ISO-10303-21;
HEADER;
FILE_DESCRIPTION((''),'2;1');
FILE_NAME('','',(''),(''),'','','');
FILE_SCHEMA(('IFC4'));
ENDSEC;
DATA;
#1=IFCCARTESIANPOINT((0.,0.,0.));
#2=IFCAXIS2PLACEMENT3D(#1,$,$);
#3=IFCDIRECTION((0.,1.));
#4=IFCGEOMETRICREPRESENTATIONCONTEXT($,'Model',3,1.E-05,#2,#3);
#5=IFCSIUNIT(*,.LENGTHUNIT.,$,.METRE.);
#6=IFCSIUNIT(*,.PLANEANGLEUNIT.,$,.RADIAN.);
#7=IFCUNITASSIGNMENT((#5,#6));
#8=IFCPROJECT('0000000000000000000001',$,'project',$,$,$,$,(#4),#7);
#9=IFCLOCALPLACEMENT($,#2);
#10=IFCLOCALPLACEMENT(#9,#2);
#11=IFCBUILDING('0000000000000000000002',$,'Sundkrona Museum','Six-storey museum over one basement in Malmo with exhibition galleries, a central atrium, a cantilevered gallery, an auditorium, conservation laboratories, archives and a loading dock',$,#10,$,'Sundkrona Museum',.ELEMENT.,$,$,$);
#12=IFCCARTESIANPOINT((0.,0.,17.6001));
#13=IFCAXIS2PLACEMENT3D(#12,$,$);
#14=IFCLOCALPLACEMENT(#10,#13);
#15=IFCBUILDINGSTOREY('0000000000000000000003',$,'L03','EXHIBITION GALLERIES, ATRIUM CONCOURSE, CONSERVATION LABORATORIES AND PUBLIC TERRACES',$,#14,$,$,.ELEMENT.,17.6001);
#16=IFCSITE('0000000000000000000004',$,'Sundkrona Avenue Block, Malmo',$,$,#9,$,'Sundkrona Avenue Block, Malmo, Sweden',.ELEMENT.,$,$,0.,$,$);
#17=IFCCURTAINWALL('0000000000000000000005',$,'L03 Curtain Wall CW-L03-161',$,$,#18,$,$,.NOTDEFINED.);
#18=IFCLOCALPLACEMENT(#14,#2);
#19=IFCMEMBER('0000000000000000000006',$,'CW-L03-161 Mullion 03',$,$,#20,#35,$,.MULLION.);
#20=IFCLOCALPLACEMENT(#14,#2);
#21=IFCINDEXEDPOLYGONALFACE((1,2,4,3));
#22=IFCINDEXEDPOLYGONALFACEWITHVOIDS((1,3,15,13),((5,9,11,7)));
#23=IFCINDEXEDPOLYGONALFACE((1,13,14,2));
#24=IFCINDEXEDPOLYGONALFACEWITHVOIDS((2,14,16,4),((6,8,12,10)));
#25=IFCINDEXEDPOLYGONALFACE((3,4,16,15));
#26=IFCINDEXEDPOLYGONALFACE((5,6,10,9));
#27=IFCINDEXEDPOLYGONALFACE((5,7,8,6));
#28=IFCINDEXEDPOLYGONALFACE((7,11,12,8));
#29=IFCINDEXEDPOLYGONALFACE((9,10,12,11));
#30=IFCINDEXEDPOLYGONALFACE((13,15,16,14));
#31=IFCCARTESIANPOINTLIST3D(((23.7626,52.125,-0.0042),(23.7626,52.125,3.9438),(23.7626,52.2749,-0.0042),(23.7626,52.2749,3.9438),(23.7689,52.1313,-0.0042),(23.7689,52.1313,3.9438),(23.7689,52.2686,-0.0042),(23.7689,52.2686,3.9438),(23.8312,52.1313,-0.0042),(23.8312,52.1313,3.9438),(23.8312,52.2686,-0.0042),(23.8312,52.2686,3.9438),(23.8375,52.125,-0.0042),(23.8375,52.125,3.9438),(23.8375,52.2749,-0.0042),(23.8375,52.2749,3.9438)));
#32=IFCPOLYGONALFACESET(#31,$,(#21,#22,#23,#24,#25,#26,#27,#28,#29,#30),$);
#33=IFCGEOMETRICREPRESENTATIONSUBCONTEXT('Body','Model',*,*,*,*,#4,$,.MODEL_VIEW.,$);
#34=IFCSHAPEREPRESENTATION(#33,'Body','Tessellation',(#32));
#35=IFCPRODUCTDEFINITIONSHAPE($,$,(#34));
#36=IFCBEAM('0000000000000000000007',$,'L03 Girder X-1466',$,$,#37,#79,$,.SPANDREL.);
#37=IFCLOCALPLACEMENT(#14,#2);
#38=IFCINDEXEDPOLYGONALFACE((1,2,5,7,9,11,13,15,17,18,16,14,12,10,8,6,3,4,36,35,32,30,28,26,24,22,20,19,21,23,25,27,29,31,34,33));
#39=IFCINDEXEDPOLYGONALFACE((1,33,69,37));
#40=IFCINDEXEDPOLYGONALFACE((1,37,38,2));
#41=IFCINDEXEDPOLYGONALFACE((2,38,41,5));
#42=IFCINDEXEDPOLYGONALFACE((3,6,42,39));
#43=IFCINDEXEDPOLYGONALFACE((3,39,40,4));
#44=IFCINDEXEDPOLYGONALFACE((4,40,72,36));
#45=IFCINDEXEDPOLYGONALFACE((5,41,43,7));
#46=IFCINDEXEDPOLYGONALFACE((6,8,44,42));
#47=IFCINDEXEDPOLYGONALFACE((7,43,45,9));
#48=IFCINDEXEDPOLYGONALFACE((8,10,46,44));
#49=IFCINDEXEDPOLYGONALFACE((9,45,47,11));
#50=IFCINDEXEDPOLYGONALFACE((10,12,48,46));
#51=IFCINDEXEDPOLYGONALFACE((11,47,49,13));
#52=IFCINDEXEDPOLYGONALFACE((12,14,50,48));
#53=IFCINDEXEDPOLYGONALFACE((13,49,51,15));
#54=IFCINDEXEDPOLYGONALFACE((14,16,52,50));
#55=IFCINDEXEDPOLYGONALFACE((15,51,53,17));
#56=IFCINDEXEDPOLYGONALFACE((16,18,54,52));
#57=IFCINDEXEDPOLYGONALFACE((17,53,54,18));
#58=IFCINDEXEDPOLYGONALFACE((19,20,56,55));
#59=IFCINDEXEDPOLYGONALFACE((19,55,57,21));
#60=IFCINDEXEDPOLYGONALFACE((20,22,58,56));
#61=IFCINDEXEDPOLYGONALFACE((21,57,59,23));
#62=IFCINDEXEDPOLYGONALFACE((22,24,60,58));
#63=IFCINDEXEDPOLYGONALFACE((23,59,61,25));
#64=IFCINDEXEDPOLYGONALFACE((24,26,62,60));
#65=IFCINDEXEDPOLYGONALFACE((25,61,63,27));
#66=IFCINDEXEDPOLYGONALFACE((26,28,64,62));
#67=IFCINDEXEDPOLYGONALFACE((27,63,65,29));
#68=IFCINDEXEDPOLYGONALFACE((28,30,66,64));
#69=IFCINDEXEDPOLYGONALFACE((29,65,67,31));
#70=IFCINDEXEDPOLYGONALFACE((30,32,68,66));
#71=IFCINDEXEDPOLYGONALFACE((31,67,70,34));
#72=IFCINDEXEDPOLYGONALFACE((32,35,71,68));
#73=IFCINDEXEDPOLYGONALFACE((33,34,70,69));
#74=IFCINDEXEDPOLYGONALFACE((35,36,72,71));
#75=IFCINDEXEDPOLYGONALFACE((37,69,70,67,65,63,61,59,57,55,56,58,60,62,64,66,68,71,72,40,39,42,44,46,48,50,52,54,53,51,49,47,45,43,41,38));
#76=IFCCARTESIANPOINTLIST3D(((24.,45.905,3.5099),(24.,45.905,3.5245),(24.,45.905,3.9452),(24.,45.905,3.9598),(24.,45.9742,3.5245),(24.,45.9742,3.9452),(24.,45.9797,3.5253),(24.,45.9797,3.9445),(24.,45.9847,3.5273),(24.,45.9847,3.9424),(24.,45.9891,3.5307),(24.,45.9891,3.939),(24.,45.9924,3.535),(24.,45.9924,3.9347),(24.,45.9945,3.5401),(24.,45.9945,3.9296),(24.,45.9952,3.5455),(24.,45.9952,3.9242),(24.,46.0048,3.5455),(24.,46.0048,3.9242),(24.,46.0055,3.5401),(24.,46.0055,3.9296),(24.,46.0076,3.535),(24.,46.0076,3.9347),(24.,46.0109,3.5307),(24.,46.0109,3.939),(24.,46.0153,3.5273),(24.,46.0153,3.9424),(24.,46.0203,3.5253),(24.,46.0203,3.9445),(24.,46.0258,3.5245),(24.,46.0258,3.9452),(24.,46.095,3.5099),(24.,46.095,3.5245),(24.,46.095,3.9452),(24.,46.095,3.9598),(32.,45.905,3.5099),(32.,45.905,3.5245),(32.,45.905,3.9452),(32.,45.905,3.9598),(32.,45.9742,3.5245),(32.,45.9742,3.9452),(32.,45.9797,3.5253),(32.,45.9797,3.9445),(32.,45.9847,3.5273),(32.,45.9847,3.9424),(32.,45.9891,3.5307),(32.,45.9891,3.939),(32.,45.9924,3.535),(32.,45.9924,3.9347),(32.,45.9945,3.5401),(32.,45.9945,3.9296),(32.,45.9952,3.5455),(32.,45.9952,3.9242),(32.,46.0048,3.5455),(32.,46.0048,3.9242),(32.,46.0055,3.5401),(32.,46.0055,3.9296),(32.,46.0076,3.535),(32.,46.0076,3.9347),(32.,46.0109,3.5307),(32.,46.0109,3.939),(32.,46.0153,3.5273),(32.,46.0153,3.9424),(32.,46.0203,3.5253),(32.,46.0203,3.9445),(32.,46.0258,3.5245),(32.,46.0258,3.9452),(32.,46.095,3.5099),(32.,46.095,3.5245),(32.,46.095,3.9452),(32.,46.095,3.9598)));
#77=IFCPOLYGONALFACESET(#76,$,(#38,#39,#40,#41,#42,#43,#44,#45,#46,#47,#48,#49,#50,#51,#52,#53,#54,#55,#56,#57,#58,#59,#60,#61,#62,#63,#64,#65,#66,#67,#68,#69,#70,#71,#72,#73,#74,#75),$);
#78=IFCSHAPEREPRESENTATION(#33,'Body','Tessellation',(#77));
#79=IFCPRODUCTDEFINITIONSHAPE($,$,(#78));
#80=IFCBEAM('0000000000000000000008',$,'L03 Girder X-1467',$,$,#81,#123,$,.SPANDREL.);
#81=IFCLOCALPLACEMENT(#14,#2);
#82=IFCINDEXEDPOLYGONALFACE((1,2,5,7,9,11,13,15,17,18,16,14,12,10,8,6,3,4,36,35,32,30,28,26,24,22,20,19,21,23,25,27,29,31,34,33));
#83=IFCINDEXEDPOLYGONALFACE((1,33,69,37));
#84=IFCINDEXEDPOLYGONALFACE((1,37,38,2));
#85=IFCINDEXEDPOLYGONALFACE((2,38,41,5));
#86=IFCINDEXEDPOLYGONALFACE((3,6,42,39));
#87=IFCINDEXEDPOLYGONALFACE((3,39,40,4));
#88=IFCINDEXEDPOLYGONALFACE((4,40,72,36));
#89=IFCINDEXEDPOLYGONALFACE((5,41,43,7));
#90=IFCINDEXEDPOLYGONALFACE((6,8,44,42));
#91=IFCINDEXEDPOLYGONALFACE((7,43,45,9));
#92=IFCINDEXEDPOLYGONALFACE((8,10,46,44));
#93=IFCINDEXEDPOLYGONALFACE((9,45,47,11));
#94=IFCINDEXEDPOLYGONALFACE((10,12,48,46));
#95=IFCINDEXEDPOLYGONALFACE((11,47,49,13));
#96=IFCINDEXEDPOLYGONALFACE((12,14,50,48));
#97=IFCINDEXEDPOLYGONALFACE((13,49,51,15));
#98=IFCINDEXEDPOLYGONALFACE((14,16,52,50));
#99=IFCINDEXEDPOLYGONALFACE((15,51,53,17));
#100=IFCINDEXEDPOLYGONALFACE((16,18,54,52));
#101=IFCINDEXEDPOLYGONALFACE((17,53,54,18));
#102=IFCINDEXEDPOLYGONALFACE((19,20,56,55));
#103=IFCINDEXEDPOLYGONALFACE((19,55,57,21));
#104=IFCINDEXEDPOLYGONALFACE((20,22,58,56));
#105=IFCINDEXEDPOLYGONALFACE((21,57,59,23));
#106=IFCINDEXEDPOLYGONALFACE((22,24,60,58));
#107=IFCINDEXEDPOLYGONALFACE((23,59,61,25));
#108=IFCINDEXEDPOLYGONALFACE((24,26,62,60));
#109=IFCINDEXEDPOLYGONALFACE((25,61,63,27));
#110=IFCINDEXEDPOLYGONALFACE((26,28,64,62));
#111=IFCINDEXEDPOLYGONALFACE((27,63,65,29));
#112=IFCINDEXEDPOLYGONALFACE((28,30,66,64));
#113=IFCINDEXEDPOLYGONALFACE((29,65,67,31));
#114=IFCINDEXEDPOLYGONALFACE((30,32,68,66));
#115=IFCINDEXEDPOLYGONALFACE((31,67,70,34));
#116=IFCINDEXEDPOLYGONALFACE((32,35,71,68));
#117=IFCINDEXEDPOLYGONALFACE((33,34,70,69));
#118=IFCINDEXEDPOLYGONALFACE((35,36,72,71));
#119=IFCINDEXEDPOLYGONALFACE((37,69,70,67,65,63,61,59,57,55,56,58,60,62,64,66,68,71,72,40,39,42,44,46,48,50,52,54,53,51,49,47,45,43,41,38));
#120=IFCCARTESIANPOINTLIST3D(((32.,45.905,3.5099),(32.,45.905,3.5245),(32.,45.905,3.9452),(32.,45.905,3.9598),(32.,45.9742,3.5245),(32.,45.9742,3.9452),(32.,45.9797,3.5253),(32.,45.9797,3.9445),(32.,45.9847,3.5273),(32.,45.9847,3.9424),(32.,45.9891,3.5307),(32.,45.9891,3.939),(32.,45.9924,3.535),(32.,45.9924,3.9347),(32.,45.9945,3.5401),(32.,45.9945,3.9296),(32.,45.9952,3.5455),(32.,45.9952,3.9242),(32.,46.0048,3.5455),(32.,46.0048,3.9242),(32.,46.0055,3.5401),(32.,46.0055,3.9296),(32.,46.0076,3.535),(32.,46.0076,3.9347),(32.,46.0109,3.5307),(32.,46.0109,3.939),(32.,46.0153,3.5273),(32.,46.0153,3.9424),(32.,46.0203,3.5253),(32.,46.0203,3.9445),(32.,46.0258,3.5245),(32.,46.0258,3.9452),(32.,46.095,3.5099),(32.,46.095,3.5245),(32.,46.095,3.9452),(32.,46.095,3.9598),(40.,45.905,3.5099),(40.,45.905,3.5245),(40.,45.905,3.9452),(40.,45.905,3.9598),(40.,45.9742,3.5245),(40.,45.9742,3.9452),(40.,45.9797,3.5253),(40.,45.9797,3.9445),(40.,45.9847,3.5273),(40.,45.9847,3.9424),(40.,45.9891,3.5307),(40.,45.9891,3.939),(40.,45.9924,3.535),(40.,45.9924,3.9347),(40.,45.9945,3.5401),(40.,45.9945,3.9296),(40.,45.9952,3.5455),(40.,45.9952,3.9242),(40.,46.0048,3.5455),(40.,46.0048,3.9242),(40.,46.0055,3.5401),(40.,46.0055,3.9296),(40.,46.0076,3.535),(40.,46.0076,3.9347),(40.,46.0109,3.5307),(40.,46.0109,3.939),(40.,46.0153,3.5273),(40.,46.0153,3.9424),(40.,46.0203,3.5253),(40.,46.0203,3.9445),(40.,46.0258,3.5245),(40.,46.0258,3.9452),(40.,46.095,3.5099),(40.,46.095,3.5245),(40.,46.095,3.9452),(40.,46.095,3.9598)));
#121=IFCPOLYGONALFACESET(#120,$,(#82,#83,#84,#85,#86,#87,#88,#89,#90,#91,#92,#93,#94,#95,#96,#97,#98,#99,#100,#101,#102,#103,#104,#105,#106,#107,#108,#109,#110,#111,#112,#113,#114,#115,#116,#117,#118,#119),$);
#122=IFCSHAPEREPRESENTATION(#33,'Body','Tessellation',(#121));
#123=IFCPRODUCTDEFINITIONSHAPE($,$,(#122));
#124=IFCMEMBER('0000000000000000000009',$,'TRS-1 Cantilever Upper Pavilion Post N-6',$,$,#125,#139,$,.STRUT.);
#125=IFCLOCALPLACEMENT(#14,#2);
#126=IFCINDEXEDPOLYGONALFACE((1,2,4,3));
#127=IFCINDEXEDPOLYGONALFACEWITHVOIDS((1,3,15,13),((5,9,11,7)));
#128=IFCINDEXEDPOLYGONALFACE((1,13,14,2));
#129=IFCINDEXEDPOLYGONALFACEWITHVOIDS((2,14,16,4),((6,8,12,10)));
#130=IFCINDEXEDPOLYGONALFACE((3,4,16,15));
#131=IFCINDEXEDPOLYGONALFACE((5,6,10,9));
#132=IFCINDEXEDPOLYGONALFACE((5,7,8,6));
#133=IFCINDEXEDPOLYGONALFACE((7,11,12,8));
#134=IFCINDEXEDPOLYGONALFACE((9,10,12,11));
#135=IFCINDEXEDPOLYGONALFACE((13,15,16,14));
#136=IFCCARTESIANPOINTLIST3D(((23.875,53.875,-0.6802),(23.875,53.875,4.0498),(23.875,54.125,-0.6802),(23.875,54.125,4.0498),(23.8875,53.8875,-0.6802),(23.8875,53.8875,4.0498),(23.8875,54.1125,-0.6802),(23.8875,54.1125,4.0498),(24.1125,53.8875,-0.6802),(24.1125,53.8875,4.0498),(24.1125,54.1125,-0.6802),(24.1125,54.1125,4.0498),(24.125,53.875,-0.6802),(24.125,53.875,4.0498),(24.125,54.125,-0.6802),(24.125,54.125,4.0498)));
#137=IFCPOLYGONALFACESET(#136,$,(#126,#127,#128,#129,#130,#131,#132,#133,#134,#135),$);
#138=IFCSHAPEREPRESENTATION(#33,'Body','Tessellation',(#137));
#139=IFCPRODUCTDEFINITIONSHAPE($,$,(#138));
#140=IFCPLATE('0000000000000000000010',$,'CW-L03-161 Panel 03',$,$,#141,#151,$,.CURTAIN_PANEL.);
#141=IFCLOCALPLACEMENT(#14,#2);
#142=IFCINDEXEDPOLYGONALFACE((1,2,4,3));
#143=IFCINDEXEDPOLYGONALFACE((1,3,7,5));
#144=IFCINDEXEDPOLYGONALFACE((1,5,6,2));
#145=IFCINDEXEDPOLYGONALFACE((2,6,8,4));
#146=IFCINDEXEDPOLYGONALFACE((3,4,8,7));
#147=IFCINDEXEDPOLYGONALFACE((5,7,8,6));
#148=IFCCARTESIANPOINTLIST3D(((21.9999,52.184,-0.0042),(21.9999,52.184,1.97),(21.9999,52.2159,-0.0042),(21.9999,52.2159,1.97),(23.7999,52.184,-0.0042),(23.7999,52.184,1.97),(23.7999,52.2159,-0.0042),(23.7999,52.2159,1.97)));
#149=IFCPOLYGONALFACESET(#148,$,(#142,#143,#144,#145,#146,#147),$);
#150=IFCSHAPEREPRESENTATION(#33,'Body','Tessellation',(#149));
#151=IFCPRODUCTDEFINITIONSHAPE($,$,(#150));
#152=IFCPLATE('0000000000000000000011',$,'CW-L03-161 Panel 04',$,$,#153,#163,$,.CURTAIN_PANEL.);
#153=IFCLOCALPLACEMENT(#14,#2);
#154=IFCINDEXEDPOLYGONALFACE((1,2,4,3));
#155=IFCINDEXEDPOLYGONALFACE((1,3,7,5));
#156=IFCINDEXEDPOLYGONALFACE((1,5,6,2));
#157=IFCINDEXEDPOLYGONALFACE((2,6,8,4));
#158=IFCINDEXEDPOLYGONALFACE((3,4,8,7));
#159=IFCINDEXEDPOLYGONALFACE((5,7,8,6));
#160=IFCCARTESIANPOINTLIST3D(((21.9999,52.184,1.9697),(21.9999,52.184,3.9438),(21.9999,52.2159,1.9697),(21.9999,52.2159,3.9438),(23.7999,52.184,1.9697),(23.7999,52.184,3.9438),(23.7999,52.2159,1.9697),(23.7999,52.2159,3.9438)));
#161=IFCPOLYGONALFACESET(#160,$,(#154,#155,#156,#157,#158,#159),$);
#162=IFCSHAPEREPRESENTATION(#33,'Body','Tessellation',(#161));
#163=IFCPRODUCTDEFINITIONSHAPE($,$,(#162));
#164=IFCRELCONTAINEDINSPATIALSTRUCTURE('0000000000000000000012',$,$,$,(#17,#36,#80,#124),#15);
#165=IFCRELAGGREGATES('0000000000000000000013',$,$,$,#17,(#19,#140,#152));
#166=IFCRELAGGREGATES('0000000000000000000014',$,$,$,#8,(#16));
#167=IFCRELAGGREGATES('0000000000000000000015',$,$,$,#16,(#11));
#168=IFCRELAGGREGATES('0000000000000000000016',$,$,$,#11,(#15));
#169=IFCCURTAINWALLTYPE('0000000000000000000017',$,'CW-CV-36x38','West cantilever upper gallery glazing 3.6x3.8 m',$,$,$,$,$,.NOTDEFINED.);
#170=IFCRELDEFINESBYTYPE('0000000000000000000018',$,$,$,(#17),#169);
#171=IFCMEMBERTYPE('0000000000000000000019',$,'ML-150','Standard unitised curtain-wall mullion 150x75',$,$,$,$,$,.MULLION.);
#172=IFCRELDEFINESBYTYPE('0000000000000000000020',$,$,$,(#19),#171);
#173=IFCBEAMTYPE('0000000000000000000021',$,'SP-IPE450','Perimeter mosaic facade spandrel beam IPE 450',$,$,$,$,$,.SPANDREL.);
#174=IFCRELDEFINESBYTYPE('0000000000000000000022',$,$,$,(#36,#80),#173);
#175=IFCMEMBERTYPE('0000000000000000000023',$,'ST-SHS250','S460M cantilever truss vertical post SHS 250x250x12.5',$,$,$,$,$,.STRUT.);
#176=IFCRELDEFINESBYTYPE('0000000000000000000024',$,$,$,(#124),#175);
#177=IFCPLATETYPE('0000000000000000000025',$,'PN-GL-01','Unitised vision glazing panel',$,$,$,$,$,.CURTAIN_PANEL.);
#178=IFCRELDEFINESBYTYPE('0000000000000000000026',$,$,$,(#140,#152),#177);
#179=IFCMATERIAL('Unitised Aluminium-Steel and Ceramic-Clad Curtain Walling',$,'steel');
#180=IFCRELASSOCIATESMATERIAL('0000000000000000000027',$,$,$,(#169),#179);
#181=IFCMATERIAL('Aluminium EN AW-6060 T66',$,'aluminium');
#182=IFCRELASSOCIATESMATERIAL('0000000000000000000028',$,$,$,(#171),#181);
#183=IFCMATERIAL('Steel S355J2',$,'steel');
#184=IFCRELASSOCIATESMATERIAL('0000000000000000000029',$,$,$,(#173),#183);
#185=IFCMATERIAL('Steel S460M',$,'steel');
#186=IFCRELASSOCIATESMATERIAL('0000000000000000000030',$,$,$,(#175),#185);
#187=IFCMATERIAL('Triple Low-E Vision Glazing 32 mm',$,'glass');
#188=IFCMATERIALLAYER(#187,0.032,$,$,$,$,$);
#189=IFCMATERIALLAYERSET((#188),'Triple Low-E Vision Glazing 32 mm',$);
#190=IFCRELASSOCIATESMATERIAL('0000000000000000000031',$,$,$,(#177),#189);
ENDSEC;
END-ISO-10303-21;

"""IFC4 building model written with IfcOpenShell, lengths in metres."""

from ifc_helpers import new_model, si_unit, direction, frame, origin, origin_2d, place, context, subcontext, project, spatial, rectangle, hollow_rectangle, i_section, extrude, material, layer, layer_set, material_profile, profile_set, type_object, element, aggregate, save


model = new_model("IFC4")

# Units and contexts
model_context = context("Model", 3, precision=1e-05, world=origin(), true_north=direction((0.0, 1.0)))
body_context = subcontext(model_context, "Body", "Model", "MODEL_VIEW")
ifc_project = project(units=[si_unit("LENGTHUNIT", "METRE"), si_unit("PLANEANGLEUNIT", "RADIAN")], contexts=[model_context])

# Site, building, storey
site_placement = place(None, origin())
site = spatial("IfcSite", under=ifc_project, at=site_placement, Name="Sundkrona Avenue Block, Malmo", LongName="Sundkrona Avenue Block, Malmo, Sweden", CompositionType="ELEMENT", RefElevation=0.0)
building_placement = place(site_placement, origin())
building = spatial("IfcBuilding", under=site, at=building_placement, Name="Sundkrona Museum", Description="Six-storey museum over one basement in Malmo with exhibition galleries, a central atrium, a cantilevered gallery, an auditorium, conservation laboratories, archives and a loading dock", LongName="Sundkrona Museum", CompositionType="ELEMENT")
storey_placement = place(building_placement, frame((0.0, 0.0, 17.6001)))
storey = spatial("IfcBuildingStorey", under=building, at=storey_placement, Name="L03", Description="EXHIBITION GALLERIES, ATRIUM CONCOURSE, CONSERVATION LABORATORIES AND PUBLIC TERRACES", CompositionType="ELEMENT", Elevation=17.6001)

# Shared definitions
ifc_material_1 = material(Name="Steel S355J2", Category="steel")
ifc_material_2 = material(Name="Steel S460M", Category="steel")

# Curtain wall, member
ifc_material_3 = material(Name="Unitised Aluminium-Steel and Ceramic-Clad Curtain Walling", Category="steel")
curtain_wall_type = type_object("IfcCurtainWallType", Name="CW-CV-36x38", Description="West cantilever upper gallery glazing 3.6x3.8 m", PredefinedType="NOTDEFINED", material=ifc_material_3)
curtain_wall_placement = place(storey_placement, origin())
curtain_wall = element("IfcCurtainWall", 1, at=curtain_wall_placement, inside=storey, type_object=curtain_wall_type, Name="L03 Curtain Wall CW-L03-161", PredefinedType="NOTDEFINED")
ifc_material_4 = material(Name="Aluminium EN AW-6060 T66", Category="aluminium")
ifc_material_profile_1 = material_profile(ifc_material_4, hollow_rectangle(XDim=0.075, YDim=0.1499, WallThickness=0.0063, at=origin_2d()), Name="RHS 150x75x6.3")
ifc_profile_set_1 = profile_set([ifc_material_profile_1], Name="Aluminium EN AW-6060 T66")
member_type_1 = type_object("IfcMemberType", Name="ML-150", Description="Standard unitised curtain-wall mullion 150x75", PredefinedType="MULLION", material=ifc_profile_set_1)
member_1_placement = place(storey_placement, frame((23.8, 52.2, -0.0042), z_axis=(0.0, 0.0, 1.0), x_axis=(1.0, 0.0, 0.0)))
member_1 = element("IfcMember", 2, at=member_1_placement, type_object=member_type_1, Name="CW-L03-161 Mullion 03", PredefinedType="MULLION", context=body_context, shape_type="SweptSolid", body=[
    extrude(hollow_rectangle(XDim=0.075, YDim=0.1499, WallThickness=0.0063, at=origin_2d()), origin(), (0.0, 0.0, 1.0), 3.948),
])

# Beams
ifc_material_profile_2 = material_profile(ifc_material_1, i_section(OverallWidth=0.1899, OverallDepth=0.45, WebThickness=0.0095, FlangeThickness=0.0146, FilletRadius=0.021, at=origin_2d()), Name="IPE 450")
ifc_profile_set_2 = profile_set([ifc_material_profile_2], Name="Steel S355J2")
beam_type = type_object("IfcBeamType", Name="SP-IPE450", Description="Perimeter mosaic facade spandrel beam IPE 450", PredefinedType="SPANDREL", material=ifc_profile_set_2)
for number, where, z_axis, x_axis, name in (
    (3, (24.0, 46.0, 3.7349), (1.0, 0.0, 0.0), (0.0, 1.0, 0.0), "L03 Girder X-1466"),
    (4, (32.0, 46.0, 3.7349), (1.0, 0.0, 0.0), (0.0, 1.0, 0.0), "L03 Girder X-1467"),
):
    element("IfcBeam", number, at=place(storey_placement, frame(where, z_axis=z_axis, x_axis=x_axis)), inside=storey, type_object=beam_type, Name=name, PredefinedType="SPANDREL", context=body_context, shape_type="SweptSolid", body=[
        extrude(i_section(OverallWidth=0.1899, OverallDepth=0.45, WebThickness=0.0095, FlangeThickness=0.0146, FilletRadius=0.021, at=origin_2d()), origin(), (0.0, 0.0, 1.0), 8.0),
    ])

# Member
ifc_material_profile_3 = material_profile(ifc_material_2, hollow_rectangle(XDim=0.25, YDim=0.25, WallThickness=0.0125, at=origin_2d()), Name="SHS 250x250x12.5")
ifc_profile_set_3 = profile_set([ifc_material_profile_3], Name="Steel S460M")
member_type_2 = type_object("IfcMemberType", Name="ST-SHS250", Description="S460M cantilever truss vertical post SHS 250x250x12.5", PredefinedType="STRUT", material=ifc_profile_set_3)
member_2_placement = place(storey_placement, frame((24.0, 54.0, -0.6802), z_axis=(0.0, 0.0, 1.0), x_axis=(1.0, 0.0, 0.0)))
element("IfcMember", 5, at=member_2_placement, inside=storey, type_object=member_type_2, Name="TRS-1 Cantilever Upper Pavilion Post N-6", PredefinedType="STRUT", context=body_context, shape_type="SweptSolid", body=[
    extrude(hollow_rectangle(XDim=0.25, YDim=0.25, WallThickness=0.0125, at=origin_2d()), origin(), (0.0, 0.0, 1.0), 4.73),
])

# Plates
ifc_material_5 = material(Name="Triple Low-E Vision Glazing 32 mm", Category="glass")
ifc_layer_1 = layer(ifc_material_5, 0.032)
ifc_layer_set_1 = layer_set([ifc_layer_1], Name="Triple Low-E Vision Glazing 32 mm")
plate_type = type_object("IfcPlateType", Name="PN-GL-01", Description="Unitised vision glazing panel", PredefinedType="CURTAIN_PANEL", material=ifc_layer_set_1)
plate_1_placement = place(storey_placement, frame((22.8999, 52.2, -0.0042), z_axis=(0.0, 0.0, 1.0), x_axis=(1.0, 0.0, 0.0)))
plate_1 = element("IfcPlate", 6, at=plate_1_placement, type_object=plate_type, Name="CW-L03-161 Panel 03", PredefinedType="CURTAIN_PANEL", context=body_context, shape_type="SweptSolid", body=[
    extrude(rectangle(XDim=1.8, YDim=0.032, at=origin_2d()), origin(), (0.0, 0.0, 1.0), 1.9741),
])
plate_2_placement = place(storey_placement, frame((22.8999, 52.2, 1.9697), z_axis=(0.0, 0.0, 1.0), x_axis=(1.0, 0.0, 0.0)))
plate_2 = element("IfcPlate", 7, at=plate_2_placement, type_object=plate_type, Name="CW-L03-161 Panel 04", PredefinedType="CURTAIN_PANEL", context=body_context, shape_type="SweptSolid", body=[
    extrude(rectangle(XDim=1.8, YDim=0.032, at=origin_2d()), origin(), (0.0, 0.0, 1.0), 1.9741),
])
aggregate(curtain_wall, [member_1, plate_1, plate_2])

save(model, "model.ifc")
